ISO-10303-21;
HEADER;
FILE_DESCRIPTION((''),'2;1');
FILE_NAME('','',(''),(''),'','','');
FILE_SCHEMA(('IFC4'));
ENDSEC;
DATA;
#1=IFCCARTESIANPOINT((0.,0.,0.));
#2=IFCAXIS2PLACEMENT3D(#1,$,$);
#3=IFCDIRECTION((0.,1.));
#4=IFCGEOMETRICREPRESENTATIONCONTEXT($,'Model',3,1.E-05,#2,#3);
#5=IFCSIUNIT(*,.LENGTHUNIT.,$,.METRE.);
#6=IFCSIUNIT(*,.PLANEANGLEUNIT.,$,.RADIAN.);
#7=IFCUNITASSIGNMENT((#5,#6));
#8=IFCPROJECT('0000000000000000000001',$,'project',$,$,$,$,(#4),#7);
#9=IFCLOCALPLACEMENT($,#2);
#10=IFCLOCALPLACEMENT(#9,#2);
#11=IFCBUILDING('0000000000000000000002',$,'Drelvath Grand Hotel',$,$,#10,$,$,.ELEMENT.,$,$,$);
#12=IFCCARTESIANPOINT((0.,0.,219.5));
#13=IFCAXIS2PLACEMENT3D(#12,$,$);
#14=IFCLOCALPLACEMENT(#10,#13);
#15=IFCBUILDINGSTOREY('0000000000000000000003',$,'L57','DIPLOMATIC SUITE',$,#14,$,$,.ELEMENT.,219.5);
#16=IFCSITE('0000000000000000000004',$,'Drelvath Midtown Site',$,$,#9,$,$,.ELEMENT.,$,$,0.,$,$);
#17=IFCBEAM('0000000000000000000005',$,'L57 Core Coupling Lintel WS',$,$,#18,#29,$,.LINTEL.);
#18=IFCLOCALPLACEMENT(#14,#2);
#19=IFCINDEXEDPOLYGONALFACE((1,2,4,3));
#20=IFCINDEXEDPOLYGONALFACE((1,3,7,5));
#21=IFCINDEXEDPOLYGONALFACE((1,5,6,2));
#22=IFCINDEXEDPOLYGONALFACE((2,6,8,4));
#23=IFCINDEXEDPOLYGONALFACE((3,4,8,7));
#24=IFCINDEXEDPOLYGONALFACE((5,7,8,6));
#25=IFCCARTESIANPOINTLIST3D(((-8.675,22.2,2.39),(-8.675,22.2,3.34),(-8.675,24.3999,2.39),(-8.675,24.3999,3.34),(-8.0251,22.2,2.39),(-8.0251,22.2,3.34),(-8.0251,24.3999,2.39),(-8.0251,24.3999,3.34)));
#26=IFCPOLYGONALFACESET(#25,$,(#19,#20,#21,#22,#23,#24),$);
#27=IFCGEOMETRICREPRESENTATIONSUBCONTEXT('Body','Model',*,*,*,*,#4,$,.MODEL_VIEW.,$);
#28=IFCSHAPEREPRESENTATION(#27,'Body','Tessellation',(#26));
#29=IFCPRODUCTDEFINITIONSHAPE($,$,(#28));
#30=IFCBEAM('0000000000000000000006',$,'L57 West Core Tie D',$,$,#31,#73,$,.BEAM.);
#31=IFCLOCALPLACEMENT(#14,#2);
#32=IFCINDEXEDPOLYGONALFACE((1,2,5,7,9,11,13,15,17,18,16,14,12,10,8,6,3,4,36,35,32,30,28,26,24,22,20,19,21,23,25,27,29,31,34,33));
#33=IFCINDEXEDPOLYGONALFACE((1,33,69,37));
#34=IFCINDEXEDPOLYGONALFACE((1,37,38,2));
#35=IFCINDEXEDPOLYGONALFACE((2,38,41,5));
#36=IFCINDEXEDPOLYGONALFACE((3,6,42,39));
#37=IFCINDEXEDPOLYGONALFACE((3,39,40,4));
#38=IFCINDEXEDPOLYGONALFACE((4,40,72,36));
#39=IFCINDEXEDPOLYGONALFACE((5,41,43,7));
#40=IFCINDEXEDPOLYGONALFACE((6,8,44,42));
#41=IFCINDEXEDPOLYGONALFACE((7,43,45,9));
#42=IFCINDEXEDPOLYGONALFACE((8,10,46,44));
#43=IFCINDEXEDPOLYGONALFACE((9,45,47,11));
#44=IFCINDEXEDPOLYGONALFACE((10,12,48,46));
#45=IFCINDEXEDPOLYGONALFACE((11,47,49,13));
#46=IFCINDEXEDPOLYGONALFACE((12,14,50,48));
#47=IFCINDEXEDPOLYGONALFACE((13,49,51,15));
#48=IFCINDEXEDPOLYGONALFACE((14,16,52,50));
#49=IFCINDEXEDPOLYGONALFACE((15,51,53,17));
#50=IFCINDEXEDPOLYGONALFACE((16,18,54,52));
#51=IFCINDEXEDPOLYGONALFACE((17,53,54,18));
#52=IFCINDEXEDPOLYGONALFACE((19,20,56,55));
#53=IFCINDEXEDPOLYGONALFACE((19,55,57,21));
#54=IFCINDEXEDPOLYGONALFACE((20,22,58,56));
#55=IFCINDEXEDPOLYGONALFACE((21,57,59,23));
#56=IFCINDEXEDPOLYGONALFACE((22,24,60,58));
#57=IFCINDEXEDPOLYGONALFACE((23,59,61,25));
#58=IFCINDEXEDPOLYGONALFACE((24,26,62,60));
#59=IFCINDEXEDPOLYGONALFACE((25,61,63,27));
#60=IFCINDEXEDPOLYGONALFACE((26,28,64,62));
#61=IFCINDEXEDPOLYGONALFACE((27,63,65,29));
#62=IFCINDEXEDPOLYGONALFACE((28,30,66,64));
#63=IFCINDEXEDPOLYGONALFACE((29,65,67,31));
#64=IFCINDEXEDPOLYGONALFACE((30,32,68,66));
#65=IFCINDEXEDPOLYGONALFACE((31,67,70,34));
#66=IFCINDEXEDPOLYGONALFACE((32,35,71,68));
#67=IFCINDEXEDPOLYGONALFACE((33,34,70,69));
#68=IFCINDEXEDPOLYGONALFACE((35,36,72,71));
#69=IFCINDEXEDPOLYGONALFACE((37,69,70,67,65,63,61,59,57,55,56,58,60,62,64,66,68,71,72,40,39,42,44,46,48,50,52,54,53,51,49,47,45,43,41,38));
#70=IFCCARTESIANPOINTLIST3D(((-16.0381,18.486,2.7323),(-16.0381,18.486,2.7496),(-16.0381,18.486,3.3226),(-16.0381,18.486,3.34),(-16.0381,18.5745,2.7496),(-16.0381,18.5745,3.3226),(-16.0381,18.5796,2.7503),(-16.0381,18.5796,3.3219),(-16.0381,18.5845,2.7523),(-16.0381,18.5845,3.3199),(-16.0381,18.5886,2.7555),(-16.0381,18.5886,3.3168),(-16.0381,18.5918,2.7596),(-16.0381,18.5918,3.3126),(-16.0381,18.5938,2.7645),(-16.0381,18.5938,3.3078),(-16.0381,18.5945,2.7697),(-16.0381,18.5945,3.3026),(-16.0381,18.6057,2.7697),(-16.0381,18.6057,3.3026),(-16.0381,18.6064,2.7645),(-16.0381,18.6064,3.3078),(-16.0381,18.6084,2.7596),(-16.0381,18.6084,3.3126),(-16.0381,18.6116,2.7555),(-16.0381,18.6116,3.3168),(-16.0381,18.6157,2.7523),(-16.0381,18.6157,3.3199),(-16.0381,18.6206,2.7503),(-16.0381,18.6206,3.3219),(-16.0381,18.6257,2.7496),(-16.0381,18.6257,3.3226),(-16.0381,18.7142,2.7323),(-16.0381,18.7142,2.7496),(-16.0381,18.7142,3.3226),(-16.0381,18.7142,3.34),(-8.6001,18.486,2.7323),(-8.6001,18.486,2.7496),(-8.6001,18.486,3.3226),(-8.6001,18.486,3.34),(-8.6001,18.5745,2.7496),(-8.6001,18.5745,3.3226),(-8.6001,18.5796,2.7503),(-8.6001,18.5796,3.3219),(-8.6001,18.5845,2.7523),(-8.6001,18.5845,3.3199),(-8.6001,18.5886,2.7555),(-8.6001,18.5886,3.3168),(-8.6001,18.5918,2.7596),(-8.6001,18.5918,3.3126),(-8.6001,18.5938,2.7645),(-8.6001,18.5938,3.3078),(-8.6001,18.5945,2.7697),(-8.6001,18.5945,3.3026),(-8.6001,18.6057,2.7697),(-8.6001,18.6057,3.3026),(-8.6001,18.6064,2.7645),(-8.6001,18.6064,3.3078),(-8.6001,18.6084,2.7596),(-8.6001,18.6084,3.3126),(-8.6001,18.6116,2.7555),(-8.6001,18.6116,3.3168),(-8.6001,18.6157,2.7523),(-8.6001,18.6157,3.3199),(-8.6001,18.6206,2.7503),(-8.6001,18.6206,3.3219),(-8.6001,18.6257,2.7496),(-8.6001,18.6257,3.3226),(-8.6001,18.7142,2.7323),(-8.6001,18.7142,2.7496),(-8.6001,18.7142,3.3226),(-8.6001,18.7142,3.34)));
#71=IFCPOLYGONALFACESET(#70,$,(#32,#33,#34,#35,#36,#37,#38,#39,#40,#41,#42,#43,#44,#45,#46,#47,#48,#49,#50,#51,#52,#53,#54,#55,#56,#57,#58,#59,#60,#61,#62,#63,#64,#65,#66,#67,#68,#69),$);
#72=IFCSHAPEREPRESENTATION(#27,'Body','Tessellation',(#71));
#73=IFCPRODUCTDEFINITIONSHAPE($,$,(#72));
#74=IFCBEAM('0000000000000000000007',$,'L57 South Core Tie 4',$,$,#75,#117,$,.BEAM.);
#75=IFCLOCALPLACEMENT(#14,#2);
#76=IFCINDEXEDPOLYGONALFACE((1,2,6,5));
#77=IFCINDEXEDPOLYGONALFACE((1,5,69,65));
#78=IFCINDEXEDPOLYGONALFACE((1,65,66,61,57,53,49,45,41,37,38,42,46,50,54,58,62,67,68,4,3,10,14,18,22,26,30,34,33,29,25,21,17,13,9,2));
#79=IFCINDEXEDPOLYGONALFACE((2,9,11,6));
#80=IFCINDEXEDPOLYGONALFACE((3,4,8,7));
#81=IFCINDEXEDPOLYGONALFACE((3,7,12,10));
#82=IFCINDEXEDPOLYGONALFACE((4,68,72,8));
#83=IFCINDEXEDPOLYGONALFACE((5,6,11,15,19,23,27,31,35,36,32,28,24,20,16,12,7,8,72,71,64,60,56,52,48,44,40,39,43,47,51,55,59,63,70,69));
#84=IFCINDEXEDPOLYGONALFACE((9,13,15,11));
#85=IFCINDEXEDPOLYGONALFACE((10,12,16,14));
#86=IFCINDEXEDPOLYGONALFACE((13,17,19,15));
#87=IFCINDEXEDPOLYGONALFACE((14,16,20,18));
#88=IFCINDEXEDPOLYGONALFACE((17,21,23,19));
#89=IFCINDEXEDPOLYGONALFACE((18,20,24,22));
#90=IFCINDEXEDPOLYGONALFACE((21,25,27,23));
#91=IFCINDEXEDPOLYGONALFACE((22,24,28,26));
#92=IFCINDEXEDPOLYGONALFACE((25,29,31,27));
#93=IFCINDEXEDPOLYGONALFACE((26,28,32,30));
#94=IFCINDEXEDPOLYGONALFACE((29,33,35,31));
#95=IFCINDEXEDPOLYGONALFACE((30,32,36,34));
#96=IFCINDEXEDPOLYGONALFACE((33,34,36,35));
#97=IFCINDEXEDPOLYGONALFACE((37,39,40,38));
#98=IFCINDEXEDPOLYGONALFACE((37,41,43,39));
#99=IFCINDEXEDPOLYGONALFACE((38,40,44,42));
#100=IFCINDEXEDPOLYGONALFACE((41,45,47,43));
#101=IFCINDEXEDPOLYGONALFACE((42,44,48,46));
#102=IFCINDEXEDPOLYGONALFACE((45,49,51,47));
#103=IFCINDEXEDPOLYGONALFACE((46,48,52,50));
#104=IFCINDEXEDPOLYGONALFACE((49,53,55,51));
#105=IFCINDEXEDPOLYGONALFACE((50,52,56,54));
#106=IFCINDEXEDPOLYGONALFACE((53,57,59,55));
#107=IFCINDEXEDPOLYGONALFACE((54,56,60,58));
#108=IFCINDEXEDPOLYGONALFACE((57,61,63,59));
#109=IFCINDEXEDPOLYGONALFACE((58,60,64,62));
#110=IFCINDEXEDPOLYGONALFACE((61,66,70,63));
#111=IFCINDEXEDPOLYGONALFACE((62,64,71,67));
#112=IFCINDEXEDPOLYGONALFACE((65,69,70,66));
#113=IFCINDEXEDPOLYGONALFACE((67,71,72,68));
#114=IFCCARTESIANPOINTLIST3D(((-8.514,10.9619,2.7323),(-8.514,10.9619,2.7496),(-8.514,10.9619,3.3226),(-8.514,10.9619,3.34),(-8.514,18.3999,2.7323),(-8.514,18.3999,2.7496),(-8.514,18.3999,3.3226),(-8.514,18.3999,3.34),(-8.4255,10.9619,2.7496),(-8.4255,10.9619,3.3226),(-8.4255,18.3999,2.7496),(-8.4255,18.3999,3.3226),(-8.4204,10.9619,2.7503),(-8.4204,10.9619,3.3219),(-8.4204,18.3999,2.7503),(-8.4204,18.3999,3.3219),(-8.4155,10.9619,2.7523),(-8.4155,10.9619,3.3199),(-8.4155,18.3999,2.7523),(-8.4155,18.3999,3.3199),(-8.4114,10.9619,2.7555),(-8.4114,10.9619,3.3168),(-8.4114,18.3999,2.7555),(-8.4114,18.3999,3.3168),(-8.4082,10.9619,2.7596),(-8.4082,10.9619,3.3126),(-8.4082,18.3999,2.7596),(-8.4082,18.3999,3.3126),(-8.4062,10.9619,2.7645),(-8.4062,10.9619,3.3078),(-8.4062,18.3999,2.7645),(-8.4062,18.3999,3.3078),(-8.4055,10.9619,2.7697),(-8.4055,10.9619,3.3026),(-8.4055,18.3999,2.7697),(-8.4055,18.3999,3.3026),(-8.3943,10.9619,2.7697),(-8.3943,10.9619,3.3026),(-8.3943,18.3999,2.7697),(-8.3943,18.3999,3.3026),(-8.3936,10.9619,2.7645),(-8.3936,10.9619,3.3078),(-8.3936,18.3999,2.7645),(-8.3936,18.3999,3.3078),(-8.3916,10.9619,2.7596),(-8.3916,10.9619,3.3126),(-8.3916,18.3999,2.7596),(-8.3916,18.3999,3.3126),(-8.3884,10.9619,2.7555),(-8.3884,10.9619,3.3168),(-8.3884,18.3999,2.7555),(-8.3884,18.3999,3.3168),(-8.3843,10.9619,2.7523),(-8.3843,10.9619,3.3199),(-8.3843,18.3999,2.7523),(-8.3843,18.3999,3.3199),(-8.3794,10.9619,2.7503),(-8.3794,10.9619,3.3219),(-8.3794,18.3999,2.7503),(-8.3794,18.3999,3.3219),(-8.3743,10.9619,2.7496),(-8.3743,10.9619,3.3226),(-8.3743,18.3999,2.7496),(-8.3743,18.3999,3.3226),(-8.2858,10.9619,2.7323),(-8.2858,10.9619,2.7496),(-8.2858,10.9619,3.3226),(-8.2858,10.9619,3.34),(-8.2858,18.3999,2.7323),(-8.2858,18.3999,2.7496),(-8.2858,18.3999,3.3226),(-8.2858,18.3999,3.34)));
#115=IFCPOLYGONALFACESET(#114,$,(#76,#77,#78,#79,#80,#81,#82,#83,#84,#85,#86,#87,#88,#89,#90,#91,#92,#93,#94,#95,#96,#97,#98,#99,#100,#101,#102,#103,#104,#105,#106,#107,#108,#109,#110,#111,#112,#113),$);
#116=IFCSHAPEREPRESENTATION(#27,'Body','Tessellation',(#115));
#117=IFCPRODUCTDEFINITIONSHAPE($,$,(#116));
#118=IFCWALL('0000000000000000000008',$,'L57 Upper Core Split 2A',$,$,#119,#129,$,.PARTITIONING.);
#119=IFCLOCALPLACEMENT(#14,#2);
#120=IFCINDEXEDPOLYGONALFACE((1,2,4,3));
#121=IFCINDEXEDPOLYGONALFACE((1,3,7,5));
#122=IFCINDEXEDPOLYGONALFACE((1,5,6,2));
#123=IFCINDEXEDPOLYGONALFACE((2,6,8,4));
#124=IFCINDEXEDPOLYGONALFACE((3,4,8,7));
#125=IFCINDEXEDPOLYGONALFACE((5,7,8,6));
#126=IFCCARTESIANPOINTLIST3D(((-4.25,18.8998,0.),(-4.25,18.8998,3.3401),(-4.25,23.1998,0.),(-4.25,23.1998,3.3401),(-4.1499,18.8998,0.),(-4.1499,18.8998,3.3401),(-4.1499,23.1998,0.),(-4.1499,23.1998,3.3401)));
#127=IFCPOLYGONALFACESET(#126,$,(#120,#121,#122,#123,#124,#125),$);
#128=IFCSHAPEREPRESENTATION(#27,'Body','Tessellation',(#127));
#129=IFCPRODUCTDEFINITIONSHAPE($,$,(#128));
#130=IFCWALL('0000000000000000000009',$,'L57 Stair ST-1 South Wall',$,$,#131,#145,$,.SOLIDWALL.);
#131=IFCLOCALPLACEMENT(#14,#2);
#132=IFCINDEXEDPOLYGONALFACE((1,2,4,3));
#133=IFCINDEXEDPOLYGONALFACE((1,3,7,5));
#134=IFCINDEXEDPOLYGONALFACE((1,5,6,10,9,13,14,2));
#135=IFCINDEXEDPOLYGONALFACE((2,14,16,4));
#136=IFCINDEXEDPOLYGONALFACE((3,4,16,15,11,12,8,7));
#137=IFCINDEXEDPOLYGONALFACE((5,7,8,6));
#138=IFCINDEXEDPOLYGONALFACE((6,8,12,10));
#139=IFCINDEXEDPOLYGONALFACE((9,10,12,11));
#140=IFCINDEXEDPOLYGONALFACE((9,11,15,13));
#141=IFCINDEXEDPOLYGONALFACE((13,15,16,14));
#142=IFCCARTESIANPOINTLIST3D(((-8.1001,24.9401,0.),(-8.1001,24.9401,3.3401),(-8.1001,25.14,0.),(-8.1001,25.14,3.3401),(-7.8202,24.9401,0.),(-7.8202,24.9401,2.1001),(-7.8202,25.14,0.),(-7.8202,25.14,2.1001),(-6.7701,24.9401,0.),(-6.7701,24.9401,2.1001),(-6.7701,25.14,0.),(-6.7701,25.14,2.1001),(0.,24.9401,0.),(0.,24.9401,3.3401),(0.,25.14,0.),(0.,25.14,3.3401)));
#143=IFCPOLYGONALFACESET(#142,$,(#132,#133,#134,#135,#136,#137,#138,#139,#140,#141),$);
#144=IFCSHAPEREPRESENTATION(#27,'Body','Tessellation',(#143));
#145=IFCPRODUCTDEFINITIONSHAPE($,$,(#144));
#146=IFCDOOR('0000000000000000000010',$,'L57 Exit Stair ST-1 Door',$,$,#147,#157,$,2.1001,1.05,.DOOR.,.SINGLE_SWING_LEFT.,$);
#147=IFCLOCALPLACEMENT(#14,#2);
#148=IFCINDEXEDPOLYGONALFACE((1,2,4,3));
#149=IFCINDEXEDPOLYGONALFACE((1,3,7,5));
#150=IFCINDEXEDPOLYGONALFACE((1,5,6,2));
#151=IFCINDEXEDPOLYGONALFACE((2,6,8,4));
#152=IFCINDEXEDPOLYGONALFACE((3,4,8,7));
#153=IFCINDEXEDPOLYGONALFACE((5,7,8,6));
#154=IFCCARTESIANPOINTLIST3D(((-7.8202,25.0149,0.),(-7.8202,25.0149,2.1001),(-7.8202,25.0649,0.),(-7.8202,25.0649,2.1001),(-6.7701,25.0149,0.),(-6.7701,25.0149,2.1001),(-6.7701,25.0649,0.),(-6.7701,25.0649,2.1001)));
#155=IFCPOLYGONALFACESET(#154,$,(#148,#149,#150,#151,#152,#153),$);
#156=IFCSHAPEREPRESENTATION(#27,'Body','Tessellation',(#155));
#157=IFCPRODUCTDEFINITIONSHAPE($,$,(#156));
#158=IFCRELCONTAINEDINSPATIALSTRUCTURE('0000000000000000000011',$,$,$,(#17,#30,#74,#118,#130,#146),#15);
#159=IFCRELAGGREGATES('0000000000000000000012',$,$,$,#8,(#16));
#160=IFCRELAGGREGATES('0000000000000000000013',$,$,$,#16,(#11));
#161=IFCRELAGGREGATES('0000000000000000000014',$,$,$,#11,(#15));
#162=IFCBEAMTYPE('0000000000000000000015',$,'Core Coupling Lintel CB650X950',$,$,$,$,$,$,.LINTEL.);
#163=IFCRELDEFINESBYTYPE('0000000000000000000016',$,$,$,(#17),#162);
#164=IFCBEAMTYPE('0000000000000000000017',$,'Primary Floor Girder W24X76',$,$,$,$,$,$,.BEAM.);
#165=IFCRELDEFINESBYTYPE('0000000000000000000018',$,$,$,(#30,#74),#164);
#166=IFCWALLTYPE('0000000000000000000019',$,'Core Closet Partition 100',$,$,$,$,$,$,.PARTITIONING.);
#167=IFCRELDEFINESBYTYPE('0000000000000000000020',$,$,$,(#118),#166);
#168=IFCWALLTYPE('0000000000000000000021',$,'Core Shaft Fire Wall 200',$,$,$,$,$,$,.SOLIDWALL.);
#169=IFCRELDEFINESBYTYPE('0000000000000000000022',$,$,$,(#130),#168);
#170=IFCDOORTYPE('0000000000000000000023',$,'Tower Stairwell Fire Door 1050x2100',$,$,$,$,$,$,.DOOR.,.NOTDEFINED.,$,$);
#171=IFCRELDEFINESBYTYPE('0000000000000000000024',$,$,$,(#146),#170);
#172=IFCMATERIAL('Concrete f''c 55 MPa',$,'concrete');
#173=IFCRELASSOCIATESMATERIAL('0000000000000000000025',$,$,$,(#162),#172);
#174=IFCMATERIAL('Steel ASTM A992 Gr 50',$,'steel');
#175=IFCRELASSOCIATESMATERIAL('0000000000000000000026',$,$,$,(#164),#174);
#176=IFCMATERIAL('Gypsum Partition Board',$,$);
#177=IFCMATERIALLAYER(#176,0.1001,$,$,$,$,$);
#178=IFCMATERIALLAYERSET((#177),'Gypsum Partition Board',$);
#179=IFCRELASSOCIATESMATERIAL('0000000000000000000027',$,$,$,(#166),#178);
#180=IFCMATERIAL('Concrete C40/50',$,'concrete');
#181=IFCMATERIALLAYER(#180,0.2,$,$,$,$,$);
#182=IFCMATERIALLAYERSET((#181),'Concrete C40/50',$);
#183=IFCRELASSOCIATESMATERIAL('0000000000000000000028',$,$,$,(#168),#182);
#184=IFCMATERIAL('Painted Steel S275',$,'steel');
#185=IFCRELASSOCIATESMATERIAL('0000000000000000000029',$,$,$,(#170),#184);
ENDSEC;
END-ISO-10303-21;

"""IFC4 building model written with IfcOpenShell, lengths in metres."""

from ifc_helpers import new_model, si_unit, direction, frame, frame_2d, origin, origin_2d, place, context, subcontext, project, spatial, rectangle, i_section, extrude, material, layer, layer_set, material_profile, profile_set, type_object, element, fill, save


model = new_model("IFC4")

# Units and contexts
model_context = context("Model", 3, precision=1e-05, world=origin(), true_north=direction((0.0, 1.0)))
body_context = subcontext(model_context, "Body", "Model", "MODEL_VIEW")
ifc_project = project(units=[si_unit("LENGTHUNIT", "METRE"), si_unit("PLANEANGLEUNIT", "RADIAN")], contexts=[model_context])

# Site, building, storey
site_placement = place(None, origin())
site = spatial("IfcSite", under=ifc_project, at=site_placement, Name="Drelvath Midtown Site", CompositionType="ELEMENT", RefElevation=0.0)
building_placement = place(site_placement, origin())
building = spatial("IfcBuilding", under=site, at=building_placement, Name="Drelvath Grand Hotel", CompositionType="ELEMENT")
storey_placement = place(building_placement, frame((0.0, 0.0, 219.5)))
storey = spatial("IfcBuildingStorey", under=building, at=storey_placement, Name="L57", Description="DIPLOMATIC SUITE", CompositionType="ELEMENT", Elevation=219.5)

# Beams
ifc_material_1 = material(Name="Concrete f'c 55 MPa", Category="concrete")
ifc_material_profile_1 = material_profile(ifc_material_1, rectangle(XDim=0.6499, YDim=0.95, at=origin_2d()), Name="CB650X950")
ifc_profile_set_1 = profile_set([ifc_material_profile_1], Name="Concrete f'c 55 MPa")
beam_type_1 = type_object("IfcBeamType", Name="Core Coupling Lintel CB650X950", PredefinedType="LINTEL", material=ifc_profile_set_1)
beam_placement = place(storey_placement, frame((-8.3501, 22.2, 2.865), z_axis=(0.0, 1.0, 0.0), x_axis=(-1.0, 0.0, 0.0)))
element("IfcBeam", 1, at=beam_placement, inside=storey, type_object=beam_type_1, Name="L57 Core Coupling Lintel WS", PredefinedType="LINTEL", context=body_context, shape_type="SweptSolid", body=[
    extrude(rectangle(XDim=0.6499, YDim=0.95, at=origin_2d()), origin(), (0.0, 0.0, 1.0), 2.2),
])
ifc_material_2 = material(Name="Steel ASTM A992 Gr 50", Category="steel")
ifc_material_profile_2 = material_profile(ifc_material_2, i_section(OverallWidth=0.2283, OverallDepth=0.6077, WebThickness=0.0112, FlangeThickness=0.0173, FilletRadius=0.02, at=origin_2d()), Name="W24X76")
ifc_profile_set_2 = profile_set([ifc_material_profile_2], Name="Steel ASTM A992 Gr 50")
beam_type_2 = type_object("IfcBeamType", Name="Primary Floor Girder W24X76", PredefinedType="BEAM", material=ifc_profile_set_2)
for number, where, z_axis, x_axis, name in (
    (2, (-16.0381, 18.6001, 3.0361), (1.0, 0.0, 0.0), (0.0, 1.0, 0.0), "L57 West Core Tie D"),
    (3, (-8.3999, 10.9619, 3.0361), (0.0, 1.0, 0.0), (-1.0, 0.0, 0.0), "L57 South Core Tie 4"),
):
    element("IfcBeam", number, at=place(storey_placement, frame(where, z_axis=z_axis, x_axis=x_axis)), inside=storey, type_object=beam_type_2, Name=name, PredefinedType="BEAM", context=body_context, shape_type="SweptSolid", body=[
        extrude(i_section(OverallWidth=0.2283, OverallDepth=0.6077, WebThickness=0.0112, FlangeThickness=0.0173, FilletRadius=0.02, at=origin_2d()), origin(), (0.0, 0.0, 1.0), 7.438),
    ])

# Wall
ifc_material_3 = material(Name="Gypsum Partition Board")
ifc_layer_1 = layer(ifc_material_3, 0.1001)
ifc_layer_set_1 = layer_set([ifc_layer_1], Name="Gypsum Partition Board")
wall_type_1 = type_object("IfcWallType", Name="Core Closet Partition 100", PredefinedType="PARTITIONING", material=ifc_layer_set_1)
wall_1_placement = place(storey_placement, frame((-4.2, 18.8999, 0.0), z_axis=(0.0, 0.0, 1.0), x_axis=(0.0, 1.0, 0.0)))
element("IfcWall", 4, at=wall_1_placement, inside=storey, type_object=wall_type_1, Name="L57 Upper Core Split 2A", PredefinedType="PARTITIONING", context=body_context, shape_type="SweptSolid", body=[
    extrude(rectangle(XDim=4.3, YDim=0.1001, at=frame_2d((2.1499, 0.0))), origin(), (0.0, 0.0, 1.0), 3.3401),
])

# Wall, opening, door
ifc_material_4 = material(Name="Concrete C40/50", Category="concrete")
ifc_layer_2 = layer(ifc_material_4, 0.2)
ifc_layer_set_2 = layer_set([ifc_layer_2], Name="Concrete C40/50")
wall_type_2 = type_object("IfcWallType", Name="Core Shaft Fire Wall 200", PredefinedType="SOLIDWALL", material=ifc_layer_set_2)
wall_2_placement = place(storey_placement, frame((-8.1001, 25.04, 0.0), z_axis=(0.0, 0.0, 1.0), x_axis=(1.0, 0.0, 0.0)))
wall_2 = element("IfcWall", 5, at=wall_2_placement, inside=storey, type_object=wall_type_2, Name="L57 Stair ST-1 South Wall", PredefinedType="SOLIDWALL", context=body_context, shape_type="SweptSolid", body=[
    extrude(rectangle(XDim=8.1001, YDim=0.2, at=frame_2d((4.05, 0.0))), origin(), (0.0, 0.0, 1.0), 3.3401),
])
opening_1_placement = place(wall_2_placement, frame((0.28, 0.0, 0.0)))
opening_1 = element("IfcOpeningElement", 6, at=opening_1_placement, cuts=wall_2, PredefinedType="OPENING", context=body_context, shape_type="SweptSolid", body=[
    extrude(rectangle(XDim=1.05, YDim=2.1001, at=frame_2d((0.5249, 1.05))), frame((0.0, 0.1099, 0.0), z_axis=(0.0, -1.0, 0.0), x_axis=(1.0, 0.0, 0.0)), (0.0, 0.0, 1.0), 0.22),
])
ifc_material_5 = material(Name="Painted Steel S275", Category="steel")
door_type_1 = type_object("IfcDoorType", Name="Tower Stairwell Fire Door 1050x2100", OperationType="NOTDEFINED", PredefinedType="DOOR", material=ifc_material_5)
door_1_placement = place(opening_1_placement, origin())
door_1 = element("IfcDoor", 7, at=door_1_placement, inside=storey, type_object=door_type_1, Name="L57 Exit Stair ST-1 Door", OperationType="SINGLE_SWING_LEFT", OverallHeight=2.1001, OverallWidth=1.05, PredefinedType="DOOR", context=body_context, shape_type="SweptSolid", body=[
    extrude(rectangle(XDim=1.05, YDim=2.1001, at=frame_2d((0.5249, 1.05))), frame((0.0, 0.0249, 0.0), z_axis=(0.0, -1.0, 0.0), x_axis=(1.0, 0.0, 0.0)), (0.0, 0.0, 1.0), 0.05),
])
fill(opening_1, door_1)

save(model, "model.ifc")
